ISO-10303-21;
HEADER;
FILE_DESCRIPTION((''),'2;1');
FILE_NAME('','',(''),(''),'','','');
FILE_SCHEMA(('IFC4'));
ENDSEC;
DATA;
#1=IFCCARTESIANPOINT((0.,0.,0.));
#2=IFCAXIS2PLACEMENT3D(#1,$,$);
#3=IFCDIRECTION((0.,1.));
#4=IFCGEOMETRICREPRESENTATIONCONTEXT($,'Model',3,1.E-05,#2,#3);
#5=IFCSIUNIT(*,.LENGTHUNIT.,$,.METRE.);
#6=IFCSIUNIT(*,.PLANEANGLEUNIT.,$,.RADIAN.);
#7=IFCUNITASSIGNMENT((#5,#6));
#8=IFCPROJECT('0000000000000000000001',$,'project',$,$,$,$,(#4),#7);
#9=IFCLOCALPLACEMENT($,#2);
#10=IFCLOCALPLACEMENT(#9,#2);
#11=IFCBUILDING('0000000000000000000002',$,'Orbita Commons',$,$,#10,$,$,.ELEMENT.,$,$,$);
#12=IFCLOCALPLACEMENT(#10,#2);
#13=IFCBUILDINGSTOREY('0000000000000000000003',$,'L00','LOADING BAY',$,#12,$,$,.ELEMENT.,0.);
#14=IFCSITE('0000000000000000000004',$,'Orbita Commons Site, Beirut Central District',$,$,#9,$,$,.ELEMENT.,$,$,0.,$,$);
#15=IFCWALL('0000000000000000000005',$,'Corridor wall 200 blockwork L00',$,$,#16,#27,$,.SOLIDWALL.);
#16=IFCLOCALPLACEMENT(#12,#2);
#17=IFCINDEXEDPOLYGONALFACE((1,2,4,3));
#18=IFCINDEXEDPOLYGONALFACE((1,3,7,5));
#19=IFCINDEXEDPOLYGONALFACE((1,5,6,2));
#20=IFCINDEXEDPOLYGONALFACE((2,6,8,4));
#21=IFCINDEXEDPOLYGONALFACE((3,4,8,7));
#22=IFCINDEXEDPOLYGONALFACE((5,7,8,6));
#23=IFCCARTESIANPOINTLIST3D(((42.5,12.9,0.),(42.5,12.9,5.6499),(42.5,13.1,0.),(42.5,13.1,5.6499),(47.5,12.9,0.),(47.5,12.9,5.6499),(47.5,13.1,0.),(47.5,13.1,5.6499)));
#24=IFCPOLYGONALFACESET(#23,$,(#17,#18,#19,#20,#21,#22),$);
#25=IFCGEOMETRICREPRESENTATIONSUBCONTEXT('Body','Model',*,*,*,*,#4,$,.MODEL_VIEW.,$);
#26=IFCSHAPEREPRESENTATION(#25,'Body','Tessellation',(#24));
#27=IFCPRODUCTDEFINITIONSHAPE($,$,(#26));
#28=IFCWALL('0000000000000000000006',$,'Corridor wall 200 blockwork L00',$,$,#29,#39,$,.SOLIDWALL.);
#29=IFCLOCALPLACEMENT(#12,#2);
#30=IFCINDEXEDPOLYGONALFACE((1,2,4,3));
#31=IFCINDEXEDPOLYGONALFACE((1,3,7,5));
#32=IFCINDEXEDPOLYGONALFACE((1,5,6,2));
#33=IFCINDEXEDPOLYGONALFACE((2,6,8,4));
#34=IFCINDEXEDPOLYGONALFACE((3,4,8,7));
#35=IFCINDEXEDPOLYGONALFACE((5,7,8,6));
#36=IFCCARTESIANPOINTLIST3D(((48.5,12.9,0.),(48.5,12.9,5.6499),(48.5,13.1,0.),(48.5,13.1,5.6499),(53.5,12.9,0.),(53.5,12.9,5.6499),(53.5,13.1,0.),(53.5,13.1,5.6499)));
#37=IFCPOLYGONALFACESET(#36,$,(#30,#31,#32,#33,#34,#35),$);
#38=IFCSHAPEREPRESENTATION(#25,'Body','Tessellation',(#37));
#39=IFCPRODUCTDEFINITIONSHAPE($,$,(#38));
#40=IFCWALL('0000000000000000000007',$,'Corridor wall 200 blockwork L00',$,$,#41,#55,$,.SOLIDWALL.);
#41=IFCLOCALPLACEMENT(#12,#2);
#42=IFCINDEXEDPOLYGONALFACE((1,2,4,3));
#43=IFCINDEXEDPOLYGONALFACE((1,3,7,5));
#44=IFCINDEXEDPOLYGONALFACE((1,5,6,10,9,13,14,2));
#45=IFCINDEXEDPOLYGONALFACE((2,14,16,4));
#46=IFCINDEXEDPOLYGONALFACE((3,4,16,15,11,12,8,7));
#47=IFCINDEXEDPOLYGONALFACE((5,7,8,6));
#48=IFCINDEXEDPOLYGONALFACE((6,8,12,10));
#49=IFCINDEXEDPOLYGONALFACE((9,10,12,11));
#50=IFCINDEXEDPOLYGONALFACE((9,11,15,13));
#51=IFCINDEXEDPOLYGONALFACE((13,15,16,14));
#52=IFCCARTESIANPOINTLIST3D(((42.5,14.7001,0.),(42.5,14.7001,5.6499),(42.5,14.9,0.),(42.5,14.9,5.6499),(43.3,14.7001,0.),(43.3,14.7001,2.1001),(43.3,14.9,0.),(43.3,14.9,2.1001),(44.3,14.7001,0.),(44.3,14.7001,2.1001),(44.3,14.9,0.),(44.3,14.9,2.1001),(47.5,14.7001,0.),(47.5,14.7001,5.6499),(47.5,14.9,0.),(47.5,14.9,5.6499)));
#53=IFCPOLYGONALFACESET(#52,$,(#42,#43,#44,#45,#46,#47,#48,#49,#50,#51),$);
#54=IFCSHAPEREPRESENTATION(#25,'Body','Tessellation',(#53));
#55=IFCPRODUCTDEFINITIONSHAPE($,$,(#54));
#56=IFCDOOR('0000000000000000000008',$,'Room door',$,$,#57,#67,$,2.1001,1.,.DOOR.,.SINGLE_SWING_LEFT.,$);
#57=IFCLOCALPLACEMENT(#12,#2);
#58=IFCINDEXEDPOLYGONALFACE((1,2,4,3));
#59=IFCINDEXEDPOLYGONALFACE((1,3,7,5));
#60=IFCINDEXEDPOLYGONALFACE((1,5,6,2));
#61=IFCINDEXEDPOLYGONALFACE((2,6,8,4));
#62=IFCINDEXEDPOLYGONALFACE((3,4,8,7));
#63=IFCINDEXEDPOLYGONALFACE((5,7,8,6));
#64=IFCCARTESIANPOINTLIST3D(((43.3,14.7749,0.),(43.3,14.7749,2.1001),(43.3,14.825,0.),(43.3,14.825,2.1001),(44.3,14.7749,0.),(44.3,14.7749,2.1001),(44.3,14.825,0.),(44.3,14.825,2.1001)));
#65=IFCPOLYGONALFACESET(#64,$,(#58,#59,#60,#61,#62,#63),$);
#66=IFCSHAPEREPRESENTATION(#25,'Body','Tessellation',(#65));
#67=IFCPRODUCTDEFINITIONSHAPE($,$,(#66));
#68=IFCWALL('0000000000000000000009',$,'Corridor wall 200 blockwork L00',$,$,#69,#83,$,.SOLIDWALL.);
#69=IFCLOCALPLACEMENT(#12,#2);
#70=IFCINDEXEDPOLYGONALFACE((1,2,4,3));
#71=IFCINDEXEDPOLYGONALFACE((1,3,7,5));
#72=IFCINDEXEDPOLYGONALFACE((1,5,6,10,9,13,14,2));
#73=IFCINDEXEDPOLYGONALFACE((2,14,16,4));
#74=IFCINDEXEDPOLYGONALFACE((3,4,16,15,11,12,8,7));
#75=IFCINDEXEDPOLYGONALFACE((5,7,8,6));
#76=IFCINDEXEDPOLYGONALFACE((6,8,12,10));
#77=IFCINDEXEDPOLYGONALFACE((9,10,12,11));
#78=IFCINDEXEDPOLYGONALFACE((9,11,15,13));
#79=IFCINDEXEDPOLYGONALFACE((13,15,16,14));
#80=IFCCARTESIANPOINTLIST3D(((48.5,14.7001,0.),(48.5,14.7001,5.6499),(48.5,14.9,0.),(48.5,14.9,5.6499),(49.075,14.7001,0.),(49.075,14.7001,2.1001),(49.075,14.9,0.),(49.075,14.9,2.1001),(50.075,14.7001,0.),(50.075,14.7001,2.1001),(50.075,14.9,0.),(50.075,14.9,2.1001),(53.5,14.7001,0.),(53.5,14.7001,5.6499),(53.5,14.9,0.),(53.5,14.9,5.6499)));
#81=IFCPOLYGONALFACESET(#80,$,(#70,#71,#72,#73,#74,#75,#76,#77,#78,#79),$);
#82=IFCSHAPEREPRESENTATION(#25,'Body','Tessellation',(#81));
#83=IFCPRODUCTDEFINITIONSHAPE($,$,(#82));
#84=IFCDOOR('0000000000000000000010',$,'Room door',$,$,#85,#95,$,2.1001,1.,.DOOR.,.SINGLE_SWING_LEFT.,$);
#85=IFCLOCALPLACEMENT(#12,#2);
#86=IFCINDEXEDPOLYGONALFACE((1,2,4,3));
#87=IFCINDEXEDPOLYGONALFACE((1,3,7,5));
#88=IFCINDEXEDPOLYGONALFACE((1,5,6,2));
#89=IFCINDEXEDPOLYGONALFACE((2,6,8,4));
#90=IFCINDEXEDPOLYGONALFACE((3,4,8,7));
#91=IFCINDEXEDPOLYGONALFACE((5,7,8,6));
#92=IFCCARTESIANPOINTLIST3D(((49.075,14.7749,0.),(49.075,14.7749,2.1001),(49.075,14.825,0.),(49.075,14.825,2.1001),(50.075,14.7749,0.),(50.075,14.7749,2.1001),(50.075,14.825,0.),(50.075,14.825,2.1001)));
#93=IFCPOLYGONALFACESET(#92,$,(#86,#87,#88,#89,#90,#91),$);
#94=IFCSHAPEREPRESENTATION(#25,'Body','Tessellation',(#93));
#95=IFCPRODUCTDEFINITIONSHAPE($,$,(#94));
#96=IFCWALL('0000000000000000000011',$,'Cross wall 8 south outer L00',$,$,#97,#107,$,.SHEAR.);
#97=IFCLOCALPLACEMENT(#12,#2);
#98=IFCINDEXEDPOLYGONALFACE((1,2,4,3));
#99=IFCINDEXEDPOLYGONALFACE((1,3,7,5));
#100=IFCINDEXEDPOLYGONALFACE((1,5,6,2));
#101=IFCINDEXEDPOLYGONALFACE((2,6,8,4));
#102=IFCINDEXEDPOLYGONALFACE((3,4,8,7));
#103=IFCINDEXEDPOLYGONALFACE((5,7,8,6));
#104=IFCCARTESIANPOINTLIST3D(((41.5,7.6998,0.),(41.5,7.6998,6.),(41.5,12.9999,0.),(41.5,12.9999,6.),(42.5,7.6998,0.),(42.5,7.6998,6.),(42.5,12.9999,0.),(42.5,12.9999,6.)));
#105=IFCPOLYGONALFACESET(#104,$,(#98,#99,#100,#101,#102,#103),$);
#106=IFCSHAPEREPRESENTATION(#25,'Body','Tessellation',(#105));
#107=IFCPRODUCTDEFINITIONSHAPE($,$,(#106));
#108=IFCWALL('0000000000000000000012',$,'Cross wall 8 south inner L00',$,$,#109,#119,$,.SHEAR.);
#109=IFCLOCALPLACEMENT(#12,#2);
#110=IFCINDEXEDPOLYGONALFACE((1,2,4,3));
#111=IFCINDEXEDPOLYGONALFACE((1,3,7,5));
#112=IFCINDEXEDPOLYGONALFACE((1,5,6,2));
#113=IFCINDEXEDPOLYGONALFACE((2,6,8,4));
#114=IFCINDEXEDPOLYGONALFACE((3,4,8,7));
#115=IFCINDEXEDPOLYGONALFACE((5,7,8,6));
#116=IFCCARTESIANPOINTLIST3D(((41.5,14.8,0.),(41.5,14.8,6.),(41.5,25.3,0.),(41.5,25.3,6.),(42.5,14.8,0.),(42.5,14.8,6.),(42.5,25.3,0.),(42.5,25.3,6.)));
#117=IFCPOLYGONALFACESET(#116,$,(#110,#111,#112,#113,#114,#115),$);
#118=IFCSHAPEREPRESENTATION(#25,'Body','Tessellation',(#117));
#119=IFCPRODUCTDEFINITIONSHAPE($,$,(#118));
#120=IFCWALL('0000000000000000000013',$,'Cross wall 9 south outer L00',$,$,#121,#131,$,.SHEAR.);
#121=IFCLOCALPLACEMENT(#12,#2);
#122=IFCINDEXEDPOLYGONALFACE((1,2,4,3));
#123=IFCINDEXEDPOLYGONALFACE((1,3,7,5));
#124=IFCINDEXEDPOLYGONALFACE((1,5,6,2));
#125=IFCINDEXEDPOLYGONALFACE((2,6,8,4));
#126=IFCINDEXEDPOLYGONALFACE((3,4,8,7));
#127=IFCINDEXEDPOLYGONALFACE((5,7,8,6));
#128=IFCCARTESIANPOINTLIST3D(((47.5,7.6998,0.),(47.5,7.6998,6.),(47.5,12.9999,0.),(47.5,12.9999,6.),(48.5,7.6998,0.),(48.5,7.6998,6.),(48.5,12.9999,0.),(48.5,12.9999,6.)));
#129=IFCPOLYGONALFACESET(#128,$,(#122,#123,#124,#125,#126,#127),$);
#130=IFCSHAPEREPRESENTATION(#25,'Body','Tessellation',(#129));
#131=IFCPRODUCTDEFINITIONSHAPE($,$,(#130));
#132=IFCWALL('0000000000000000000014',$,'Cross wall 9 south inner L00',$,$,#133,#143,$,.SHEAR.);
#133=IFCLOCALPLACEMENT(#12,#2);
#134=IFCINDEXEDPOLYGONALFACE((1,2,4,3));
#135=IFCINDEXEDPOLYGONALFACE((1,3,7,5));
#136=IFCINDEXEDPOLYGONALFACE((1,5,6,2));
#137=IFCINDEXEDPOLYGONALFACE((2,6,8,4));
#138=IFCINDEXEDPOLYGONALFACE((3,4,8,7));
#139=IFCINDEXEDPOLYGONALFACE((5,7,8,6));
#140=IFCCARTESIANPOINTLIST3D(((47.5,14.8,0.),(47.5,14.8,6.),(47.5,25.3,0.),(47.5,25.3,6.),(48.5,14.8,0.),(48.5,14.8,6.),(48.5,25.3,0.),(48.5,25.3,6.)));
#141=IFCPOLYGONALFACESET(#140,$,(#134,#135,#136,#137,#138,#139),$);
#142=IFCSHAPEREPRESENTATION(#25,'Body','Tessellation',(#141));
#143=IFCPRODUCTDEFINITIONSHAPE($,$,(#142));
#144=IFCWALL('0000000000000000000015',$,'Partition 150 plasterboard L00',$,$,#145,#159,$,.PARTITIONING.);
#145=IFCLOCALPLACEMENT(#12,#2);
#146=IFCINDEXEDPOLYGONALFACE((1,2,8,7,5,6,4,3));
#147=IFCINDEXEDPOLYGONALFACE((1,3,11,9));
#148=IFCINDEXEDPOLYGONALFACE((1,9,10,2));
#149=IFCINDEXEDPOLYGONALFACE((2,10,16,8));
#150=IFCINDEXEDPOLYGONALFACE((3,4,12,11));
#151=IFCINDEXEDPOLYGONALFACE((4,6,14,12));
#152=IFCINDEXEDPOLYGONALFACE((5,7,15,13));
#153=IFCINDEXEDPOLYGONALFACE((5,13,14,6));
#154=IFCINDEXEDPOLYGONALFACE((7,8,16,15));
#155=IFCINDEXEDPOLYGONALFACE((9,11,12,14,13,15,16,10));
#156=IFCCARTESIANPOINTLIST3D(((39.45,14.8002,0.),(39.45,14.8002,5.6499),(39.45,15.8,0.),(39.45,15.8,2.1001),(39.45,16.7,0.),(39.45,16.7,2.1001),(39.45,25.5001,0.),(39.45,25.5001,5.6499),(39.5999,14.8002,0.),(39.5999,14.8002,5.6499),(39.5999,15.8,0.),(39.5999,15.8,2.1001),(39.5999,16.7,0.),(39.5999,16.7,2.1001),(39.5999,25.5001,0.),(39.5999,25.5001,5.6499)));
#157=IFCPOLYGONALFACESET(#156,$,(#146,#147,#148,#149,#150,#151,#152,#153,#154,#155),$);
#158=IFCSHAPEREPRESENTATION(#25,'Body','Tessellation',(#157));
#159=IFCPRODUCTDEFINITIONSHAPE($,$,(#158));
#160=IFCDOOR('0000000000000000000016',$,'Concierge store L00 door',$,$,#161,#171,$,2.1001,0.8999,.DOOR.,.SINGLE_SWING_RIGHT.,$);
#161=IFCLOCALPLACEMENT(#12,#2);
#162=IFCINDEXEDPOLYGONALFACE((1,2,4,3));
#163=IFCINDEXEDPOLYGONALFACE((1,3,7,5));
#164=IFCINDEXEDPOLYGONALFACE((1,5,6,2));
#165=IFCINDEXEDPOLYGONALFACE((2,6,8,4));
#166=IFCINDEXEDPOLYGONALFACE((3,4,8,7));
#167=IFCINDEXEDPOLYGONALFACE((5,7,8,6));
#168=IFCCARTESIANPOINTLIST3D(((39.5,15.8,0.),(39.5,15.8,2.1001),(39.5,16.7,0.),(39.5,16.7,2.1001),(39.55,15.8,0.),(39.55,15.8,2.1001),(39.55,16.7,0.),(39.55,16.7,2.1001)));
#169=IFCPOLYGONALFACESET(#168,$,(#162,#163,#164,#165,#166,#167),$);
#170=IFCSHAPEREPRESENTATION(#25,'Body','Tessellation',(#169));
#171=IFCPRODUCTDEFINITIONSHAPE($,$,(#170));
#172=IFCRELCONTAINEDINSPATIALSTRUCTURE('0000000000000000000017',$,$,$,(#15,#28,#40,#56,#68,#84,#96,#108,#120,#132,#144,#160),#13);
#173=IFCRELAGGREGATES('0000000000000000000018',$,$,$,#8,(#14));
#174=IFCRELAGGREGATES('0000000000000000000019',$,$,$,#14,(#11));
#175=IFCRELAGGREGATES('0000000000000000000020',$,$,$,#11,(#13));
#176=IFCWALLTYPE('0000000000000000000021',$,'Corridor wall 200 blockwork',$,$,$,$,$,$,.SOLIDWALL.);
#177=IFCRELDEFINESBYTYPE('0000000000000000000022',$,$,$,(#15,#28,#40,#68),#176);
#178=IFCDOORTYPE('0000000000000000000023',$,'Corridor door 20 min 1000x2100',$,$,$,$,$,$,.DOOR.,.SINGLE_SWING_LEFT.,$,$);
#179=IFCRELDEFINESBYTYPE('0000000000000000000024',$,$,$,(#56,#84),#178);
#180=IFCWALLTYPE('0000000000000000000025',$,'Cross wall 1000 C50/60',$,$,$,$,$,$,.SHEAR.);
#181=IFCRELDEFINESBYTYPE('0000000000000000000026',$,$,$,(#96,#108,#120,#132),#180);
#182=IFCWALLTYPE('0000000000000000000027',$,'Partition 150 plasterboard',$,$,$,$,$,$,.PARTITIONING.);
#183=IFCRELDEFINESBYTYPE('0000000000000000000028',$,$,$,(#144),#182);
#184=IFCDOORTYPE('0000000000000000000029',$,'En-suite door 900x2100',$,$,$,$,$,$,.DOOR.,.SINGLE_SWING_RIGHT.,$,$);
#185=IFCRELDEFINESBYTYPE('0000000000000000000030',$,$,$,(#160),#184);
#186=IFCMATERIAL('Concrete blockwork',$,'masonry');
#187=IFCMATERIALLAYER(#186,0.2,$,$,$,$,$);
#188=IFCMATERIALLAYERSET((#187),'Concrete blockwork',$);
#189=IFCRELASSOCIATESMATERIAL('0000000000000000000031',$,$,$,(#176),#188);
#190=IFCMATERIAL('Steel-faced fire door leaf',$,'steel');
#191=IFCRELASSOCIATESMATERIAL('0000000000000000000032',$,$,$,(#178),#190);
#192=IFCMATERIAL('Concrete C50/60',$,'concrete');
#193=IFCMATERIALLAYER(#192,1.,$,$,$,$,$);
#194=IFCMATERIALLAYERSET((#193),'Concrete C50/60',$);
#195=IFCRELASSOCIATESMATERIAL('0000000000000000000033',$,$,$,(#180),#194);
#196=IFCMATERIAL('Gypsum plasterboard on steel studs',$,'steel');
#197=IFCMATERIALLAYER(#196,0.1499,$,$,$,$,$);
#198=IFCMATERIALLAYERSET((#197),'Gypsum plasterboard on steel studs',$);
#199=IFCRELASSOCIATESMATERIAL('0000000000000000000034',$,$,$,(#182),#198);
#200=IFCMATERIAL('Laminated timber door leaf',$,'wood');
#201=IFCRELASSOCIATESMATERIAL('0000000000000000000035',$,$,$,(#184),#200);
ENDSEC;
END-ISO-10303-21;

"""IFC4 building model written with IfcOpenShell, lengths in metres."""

from ifc_helpers import new_model, si_unit, direction, frame, frame_2d, origin, place, context, subcontext, project, spatial, rectangle, extrude, material, layer, layer_set, type_object, element, fill, save


model = new_model("IFC4")

# Units and contexts
model_context = context("Model", 3, precision=1e-05, world=origin(), true_north=direction((0.0, 1.0)))
body_context = subcontext(model_context, "Body", "Model", "MODEL_VIEW")
ifc_project = project(units=[si_unit("LENGTHUNIT", "METRE"), si_unit("PLANEANGLEUNIT", "RADIAN")], contexts=[model_context])

# Site, building, storey
site_placement = place(None, origin())
site = spatial("IfcSite", under=ifc_project, at=site_placement, Name="Orbita Commons Site, Beirut Central District", CompositionType="ELEMENT", RefElevation=0.0)
building_placement = place(site_placement, origin())
building = spatial("IfcBuilding", under=site, at=building_placement, Name="Orbita Commons", CompositionType="ELEMENT")
storey_placement = place(building_placement, origin())
storey = spatial("IfcBuildingStorey", under=building, at=storey_placement, Name="L00", Description="LOADING BAY", CompositionType="ELEMENT", Elevation=0.0)

# Walls
ifc_material_1 = material(Name="Concrete blockwork", Category="masonry")
ifc_layer_1 = layer(ifc_material_1, 0.2)
ifc_layer_set_1 = layer_set([ifc_layer_1], Name="Concrete blockwork")
wall_type_1 = type_object("IfcWallType", Name="Corridor wall 200 blockwork", PredefinedType="SOLIDWALL", material=ifc_layer_set_1)
for number, where, z_axis, x_axis, name in (
    (1, (42.5, 13.0, 0.0), (0.0, 0.0, 1.0), (1.0, 0.0, 0.0), "Corridor wall 200 blockwork L00"),
    (2, (48.5, 13.0, 0.0), (0.0, 0.0, 1.0), (1.0, 0.0, 0.0), "Corridor wall 200 blockwork L00"),
):
    element("IfcWall", number, at=place(storey_placement, frame(where, z_axis=z_axis, x_axis=x_axis)), inside=storey, type_object=wall_type_1, Name=name, PredefinedType="SOLIDWALL", context=body_context, shape_type="SweptSolid", body=[
        extrude(rectangle(XDim=5.0, YDim=0.2, at=frame_2d((2.5, 0.0))), origin(), (0.0, 0.0, 1.0), 5.6499),
    ])

# Walls, openings, doors
wall_1_placement = place(storey_placement, frame((42.5, 14.8, 0.0), z_axis=(0.0, 0.0, 1.0), x_axis=(1.0, 0.0, 0.0)))
wall_1 = element("IfcWall", 3, at=wall_1_placement, inside=storey, type_object=wall_type_1, Name="Corridor wall 200 blockwork L00", PredefinedType="SOLIDWALL", context=body_context, shape_type="SweptSolid", body=[
    extrude(rectangle(XDim=5.0, YDim=0.2, at=frame_2d((2.5, 0.0))), origin(), (0.0, 0.0, 1.0), 5.6499),
])
opening_1_placement = place(wall_1_placement, frame((0.8, 0.0, 0.0)))
opening_1 = element("IfcOpeningElement", 4, at=opening_1_placement, cuts=wall_1, PredefinedType="OPENING", context=body_context, shape_type="SweptSolid", body=[
    extrude(rectangle(XDim=1.0, YDim=2.1001, at=frame_2d((0.5, 1.05))), frame((0.0, 0.1099, 0.0), z_axis=(0.0, -1.0, 0.0), x_axis=(1.0, 0.0, 0.0)), (0.0, 0.0, 1.0), 0.22),
])
ifc_material_2 = material(Name="Steel-faced fire door leaf", Category="steel")
door_type_1 = type_object("IfcDoorType", Name="Corridor door 20 min 1000x2100", OperationType="SINGLE_SWING_LEFT", PredefinedType="DOOR", material=ifc_material_2)
door_1_placement = place(opening_1_placement, origin())
door_1 = element("IfcDoor", 5, at=door_1_placement, inside=storey, type_object=door_type_1, Name="Room door", OperationType="SINGLE_SWING_LEFT", OverallHeight=2.1001, OverallWidth=1.0, PredefinedType="DOOR", context=body_context, shape_type="SweptSolid", body=[
    extrude(rectangle(XDim=1.0, YDim=2.1001, at=frame_2d((0.5, 1.05))), frame((0.0, 0.0249, 0.0), z_axis=(0.0, -1.0, 0.0), x_axis=(1.0, 0.0, 0.0)), (0.0, 0.0, 1.0), 0.05),
])
fill(opening_1, door_1)
wall_2_placement = place(storey_placement, frame((48.5, 14.8, 0.0), z_axis=(0.0, 0.0, 1.0), x_axis=(1.0, 0.0, 0.0)))
wall_2 = element("IfcWall", 6, at=wall_2_placement, inside=storey, type_object=wall_type_1, Name="Corridor wall 200 blockwork L00", PredefinedType="SOLIDWALL", context=body_context, shape_type="SweptSolid", body=[
    extrude(rectangle(XDim=5.0, YDim=0.2, at=frame_2d((2.5, 0.0))), origin(), (0.0, 0.0, 1.0), 5.6499),
])
opening_2_placement = place(wall_2_placement, frame((0.575, 0.0, 0.0)))
opening_2 = element("IfcOpeningElement", 7, at=opening_2_placement, cuts=wall_2, PredefinedType="OPENING", context=body_context, shape_type="SweptSolid", body=[
    extrude(rectangle(XDim=1.0, YDim=2.1001, at=frame_2d((0.5, 1.05))), frame((0.0, 0.1099, 0.0), z_axis=(0.0, -1.0, 0.0), x_axis=(1.0, 0.0, 0.0)), (0.0, 0.0, 1.0), 0.22),
])
door_2_placement = place(opening_2_placement, origin())
door_2 = element("IfcDoor", 8, at=door_2_placement, inside=storey, type_object=door_type_1, Name="Room door", OperationType="SINGLE_SWING_LEFT", OverallHeight=2.1001, OverallWidth=1.0, PredefinedType="DOOR", context=body_context, shape_type="SweptSolid", body=[
    extrude(rectangle(XDim=1.0, YDim=2.1001, at=frame_2d((0.5, 1.05))), frame((0.0, 0.0249, 0.0), z_axis=(0.0, -1.0, 0.0), x_axis=(1.0, 0.0, 0.0)), (0.0, 0.0, 1.0), 0.05),
])
fill(opening_2, door_2)

# Walls
ifc_material_3 = material(Name="Concrete C50/60", Category="concrete")
ifc_layer_2 = layer(ifc_material_3, 1.0)
ifc_layer_set_2 = layer_set([ifc_layer_2], Name="Concrete C50/60")
wall_type_2 = type_object("IfcWallType", Name="Cross wall 1000 C50/60", PredefinedType="SHEAR", material=ifc_layer_set_2)
wall_3_placement = place(storey_placement, frame((42.0, 7.7, 0.0), z_axis=(0.0, 0.0, 1.0), x_axis=(0.0, 1.0, 0.0)))
element("IfcWall", 9, at=wall_3_placement, inside=storey, type_object=wall_type_2, Name="Cross wall 8 south outer L00", PredefinedType="SHEAR", context=body_context, shape_type="SweptSolid", body=[
    extrude(rectangle(XDim=5.3, YDim=1.0, at=frame_2d((2.6499, 0.0))), origin(), (0.0, 0.0, 1.0), 6.0),
])
wall_4_placement = place(storey_placement, frame((42.0, 14.8, 0.0), z_axis=(0.0, 0.0, 1.0), x_axis=(0.0, 1.0, 0.0)))
element("IfcWall", 10, at=wall_4_placement, inside=storey, type_object=wall_type_2, Name="Cross wall 8 south inner L00", PredefinedType="SHEAR", context=body_context, shape_type="SweptSolid", body=[
    extrude(rectangle(XDim=10.5, YDim=1.0, at=frame_2d((5.25, 0.0))), origin(), (0.0, 0.0, 1.0), 6.0),
])
wall_5_placement = place(storey_placement, frame((48.0, 7.7, 0.0), z_axis=(0.0, 0.0, 1.0), x_axis=(0.0, 1.0, 0.0)))
element("IfcWall", 11, at=wall_5_placement, inside=storey, type_object=wall_type_2, Name="Cross wall 9 south outer L00", PredefinedType="SHEAR", context=body_context, shape_type="SweptSolid", body=[
    extrude(rectangle(XDim=5.3, YDim=1.0, at=frame_2d((2.6499, 0.0))), origin(), (0.0, 0.0, 1.0), 6.0),
])
wall_6_placement = place(storey_placement, frame((48.0, 14.8, 0.0), z_axis=(0.0, 0.0, 1.0), x_axis=(0.0, 1.0, 0.0)))
element("IfcWall", 12, at=wall_6_placement, inside=storey, type_object=wall_type_2, Name="Cross wall 9 south inner L00", PredefinedType="SHEAR", context=body_context, shape_type="SweptSolid", body=[
    extrude(rectangle(XDim=10.5, YDim=1.0, at=frame_2d((5.25, 0.0))), origin(), (0.0, 0.0, 1.0), 6.0),
])

# Wall, opening, door
ifc_material_4 = material(Name="Gypsum plasterboard on steel studs", Category="steel")
ifc_layer_3 = layer(ifc_material_4, 0.1499)
ifc_layer_set_3 = layer_set([ifc_layer_3], Name="Gypsum plasterboard on steel studs")
wall_type_3 = type_object("IfcWallType", Name="Partition 150 plasterboard", PredefinedType="PARTITIONING", material=ifc_layer_set_3)
wall_7_placement = place(storey_placement, frame((39.5249, 14.8, 0.0), z_axis=(0.0, 0.0, 1.0), x_axis=(0.0, 1.0, 0.0)))
wall_7 = element("IfcWall", 13, at=wall_7_placement, inside=storey, type_object=wall_type_3, Name="Partition 150 plasterboard L00", PredefinedType="PARTITIONING", context=body_context, shape_type="SweptSolid", body=[
    extrude(rectangle(XDim=10.7, YDim=0.1499, at=frame_2d((5.3501, 0.0))), origin(), (0.0, 0.0, 1.0), 5.6499),
])
opening_3_placement = place(wall_7_placement, frame((1.0, 0.0, 0.0)))
opening_3 = element("IfcOpeningElement", 14, at=opening_3_placement, cuts=wall_7, PredefinedType="OPENING", context=body_context, shape_type="SweptSolid", body=[
    extrude(rectangle(XDim=0.8999, YDim=2.1001, at=frame_2d((0.45, 1.05))), frame((0.0, 0.085, 0.0), z_axis=(0.0, -1.0, 0.0), x_axis=(1.0, 0.0, 0.0)), (0.0, 0.0, 1.0), 0.1699),
])
ifc_material_5 = material(Name="Laminated timber door leaf", Category="wood")
door_type_2 = type_object("IfcDoorType", Name="En-suite door 900x2100", OperationType="SINGLE_SWING_RIGHT", PredefinedType="DOOR", material=ifc_material_5)
door_3_placement = place(opening_3_placement, origin())
door_3 = element("IfcDoor", 15, at=door_3_placement, inside=storey, type_object=door_type_2, Name="Concierge store L00 door", OperationType="SINGLE_SWING_RIGHT", OverallHeight=2.1001, OverallWidth=0.8999, PredefinedType="DOOR", context=body_context, shape_type="SweptSolid", body=[
    extrude(rectangle(XDim=0.8999, YDim=2.1001, at=frame_2d((0.45, 1.05))), frame((0.0, 0.0249, 0.0), z_axis=(0.0, -1.0, 0.0), x_axis=(1.0, 0.0, 0.0)), (0.0, 0.0, 1.0), 0.05),
])
fill(opening_3, door_3)

save(model, "model.ifc")
